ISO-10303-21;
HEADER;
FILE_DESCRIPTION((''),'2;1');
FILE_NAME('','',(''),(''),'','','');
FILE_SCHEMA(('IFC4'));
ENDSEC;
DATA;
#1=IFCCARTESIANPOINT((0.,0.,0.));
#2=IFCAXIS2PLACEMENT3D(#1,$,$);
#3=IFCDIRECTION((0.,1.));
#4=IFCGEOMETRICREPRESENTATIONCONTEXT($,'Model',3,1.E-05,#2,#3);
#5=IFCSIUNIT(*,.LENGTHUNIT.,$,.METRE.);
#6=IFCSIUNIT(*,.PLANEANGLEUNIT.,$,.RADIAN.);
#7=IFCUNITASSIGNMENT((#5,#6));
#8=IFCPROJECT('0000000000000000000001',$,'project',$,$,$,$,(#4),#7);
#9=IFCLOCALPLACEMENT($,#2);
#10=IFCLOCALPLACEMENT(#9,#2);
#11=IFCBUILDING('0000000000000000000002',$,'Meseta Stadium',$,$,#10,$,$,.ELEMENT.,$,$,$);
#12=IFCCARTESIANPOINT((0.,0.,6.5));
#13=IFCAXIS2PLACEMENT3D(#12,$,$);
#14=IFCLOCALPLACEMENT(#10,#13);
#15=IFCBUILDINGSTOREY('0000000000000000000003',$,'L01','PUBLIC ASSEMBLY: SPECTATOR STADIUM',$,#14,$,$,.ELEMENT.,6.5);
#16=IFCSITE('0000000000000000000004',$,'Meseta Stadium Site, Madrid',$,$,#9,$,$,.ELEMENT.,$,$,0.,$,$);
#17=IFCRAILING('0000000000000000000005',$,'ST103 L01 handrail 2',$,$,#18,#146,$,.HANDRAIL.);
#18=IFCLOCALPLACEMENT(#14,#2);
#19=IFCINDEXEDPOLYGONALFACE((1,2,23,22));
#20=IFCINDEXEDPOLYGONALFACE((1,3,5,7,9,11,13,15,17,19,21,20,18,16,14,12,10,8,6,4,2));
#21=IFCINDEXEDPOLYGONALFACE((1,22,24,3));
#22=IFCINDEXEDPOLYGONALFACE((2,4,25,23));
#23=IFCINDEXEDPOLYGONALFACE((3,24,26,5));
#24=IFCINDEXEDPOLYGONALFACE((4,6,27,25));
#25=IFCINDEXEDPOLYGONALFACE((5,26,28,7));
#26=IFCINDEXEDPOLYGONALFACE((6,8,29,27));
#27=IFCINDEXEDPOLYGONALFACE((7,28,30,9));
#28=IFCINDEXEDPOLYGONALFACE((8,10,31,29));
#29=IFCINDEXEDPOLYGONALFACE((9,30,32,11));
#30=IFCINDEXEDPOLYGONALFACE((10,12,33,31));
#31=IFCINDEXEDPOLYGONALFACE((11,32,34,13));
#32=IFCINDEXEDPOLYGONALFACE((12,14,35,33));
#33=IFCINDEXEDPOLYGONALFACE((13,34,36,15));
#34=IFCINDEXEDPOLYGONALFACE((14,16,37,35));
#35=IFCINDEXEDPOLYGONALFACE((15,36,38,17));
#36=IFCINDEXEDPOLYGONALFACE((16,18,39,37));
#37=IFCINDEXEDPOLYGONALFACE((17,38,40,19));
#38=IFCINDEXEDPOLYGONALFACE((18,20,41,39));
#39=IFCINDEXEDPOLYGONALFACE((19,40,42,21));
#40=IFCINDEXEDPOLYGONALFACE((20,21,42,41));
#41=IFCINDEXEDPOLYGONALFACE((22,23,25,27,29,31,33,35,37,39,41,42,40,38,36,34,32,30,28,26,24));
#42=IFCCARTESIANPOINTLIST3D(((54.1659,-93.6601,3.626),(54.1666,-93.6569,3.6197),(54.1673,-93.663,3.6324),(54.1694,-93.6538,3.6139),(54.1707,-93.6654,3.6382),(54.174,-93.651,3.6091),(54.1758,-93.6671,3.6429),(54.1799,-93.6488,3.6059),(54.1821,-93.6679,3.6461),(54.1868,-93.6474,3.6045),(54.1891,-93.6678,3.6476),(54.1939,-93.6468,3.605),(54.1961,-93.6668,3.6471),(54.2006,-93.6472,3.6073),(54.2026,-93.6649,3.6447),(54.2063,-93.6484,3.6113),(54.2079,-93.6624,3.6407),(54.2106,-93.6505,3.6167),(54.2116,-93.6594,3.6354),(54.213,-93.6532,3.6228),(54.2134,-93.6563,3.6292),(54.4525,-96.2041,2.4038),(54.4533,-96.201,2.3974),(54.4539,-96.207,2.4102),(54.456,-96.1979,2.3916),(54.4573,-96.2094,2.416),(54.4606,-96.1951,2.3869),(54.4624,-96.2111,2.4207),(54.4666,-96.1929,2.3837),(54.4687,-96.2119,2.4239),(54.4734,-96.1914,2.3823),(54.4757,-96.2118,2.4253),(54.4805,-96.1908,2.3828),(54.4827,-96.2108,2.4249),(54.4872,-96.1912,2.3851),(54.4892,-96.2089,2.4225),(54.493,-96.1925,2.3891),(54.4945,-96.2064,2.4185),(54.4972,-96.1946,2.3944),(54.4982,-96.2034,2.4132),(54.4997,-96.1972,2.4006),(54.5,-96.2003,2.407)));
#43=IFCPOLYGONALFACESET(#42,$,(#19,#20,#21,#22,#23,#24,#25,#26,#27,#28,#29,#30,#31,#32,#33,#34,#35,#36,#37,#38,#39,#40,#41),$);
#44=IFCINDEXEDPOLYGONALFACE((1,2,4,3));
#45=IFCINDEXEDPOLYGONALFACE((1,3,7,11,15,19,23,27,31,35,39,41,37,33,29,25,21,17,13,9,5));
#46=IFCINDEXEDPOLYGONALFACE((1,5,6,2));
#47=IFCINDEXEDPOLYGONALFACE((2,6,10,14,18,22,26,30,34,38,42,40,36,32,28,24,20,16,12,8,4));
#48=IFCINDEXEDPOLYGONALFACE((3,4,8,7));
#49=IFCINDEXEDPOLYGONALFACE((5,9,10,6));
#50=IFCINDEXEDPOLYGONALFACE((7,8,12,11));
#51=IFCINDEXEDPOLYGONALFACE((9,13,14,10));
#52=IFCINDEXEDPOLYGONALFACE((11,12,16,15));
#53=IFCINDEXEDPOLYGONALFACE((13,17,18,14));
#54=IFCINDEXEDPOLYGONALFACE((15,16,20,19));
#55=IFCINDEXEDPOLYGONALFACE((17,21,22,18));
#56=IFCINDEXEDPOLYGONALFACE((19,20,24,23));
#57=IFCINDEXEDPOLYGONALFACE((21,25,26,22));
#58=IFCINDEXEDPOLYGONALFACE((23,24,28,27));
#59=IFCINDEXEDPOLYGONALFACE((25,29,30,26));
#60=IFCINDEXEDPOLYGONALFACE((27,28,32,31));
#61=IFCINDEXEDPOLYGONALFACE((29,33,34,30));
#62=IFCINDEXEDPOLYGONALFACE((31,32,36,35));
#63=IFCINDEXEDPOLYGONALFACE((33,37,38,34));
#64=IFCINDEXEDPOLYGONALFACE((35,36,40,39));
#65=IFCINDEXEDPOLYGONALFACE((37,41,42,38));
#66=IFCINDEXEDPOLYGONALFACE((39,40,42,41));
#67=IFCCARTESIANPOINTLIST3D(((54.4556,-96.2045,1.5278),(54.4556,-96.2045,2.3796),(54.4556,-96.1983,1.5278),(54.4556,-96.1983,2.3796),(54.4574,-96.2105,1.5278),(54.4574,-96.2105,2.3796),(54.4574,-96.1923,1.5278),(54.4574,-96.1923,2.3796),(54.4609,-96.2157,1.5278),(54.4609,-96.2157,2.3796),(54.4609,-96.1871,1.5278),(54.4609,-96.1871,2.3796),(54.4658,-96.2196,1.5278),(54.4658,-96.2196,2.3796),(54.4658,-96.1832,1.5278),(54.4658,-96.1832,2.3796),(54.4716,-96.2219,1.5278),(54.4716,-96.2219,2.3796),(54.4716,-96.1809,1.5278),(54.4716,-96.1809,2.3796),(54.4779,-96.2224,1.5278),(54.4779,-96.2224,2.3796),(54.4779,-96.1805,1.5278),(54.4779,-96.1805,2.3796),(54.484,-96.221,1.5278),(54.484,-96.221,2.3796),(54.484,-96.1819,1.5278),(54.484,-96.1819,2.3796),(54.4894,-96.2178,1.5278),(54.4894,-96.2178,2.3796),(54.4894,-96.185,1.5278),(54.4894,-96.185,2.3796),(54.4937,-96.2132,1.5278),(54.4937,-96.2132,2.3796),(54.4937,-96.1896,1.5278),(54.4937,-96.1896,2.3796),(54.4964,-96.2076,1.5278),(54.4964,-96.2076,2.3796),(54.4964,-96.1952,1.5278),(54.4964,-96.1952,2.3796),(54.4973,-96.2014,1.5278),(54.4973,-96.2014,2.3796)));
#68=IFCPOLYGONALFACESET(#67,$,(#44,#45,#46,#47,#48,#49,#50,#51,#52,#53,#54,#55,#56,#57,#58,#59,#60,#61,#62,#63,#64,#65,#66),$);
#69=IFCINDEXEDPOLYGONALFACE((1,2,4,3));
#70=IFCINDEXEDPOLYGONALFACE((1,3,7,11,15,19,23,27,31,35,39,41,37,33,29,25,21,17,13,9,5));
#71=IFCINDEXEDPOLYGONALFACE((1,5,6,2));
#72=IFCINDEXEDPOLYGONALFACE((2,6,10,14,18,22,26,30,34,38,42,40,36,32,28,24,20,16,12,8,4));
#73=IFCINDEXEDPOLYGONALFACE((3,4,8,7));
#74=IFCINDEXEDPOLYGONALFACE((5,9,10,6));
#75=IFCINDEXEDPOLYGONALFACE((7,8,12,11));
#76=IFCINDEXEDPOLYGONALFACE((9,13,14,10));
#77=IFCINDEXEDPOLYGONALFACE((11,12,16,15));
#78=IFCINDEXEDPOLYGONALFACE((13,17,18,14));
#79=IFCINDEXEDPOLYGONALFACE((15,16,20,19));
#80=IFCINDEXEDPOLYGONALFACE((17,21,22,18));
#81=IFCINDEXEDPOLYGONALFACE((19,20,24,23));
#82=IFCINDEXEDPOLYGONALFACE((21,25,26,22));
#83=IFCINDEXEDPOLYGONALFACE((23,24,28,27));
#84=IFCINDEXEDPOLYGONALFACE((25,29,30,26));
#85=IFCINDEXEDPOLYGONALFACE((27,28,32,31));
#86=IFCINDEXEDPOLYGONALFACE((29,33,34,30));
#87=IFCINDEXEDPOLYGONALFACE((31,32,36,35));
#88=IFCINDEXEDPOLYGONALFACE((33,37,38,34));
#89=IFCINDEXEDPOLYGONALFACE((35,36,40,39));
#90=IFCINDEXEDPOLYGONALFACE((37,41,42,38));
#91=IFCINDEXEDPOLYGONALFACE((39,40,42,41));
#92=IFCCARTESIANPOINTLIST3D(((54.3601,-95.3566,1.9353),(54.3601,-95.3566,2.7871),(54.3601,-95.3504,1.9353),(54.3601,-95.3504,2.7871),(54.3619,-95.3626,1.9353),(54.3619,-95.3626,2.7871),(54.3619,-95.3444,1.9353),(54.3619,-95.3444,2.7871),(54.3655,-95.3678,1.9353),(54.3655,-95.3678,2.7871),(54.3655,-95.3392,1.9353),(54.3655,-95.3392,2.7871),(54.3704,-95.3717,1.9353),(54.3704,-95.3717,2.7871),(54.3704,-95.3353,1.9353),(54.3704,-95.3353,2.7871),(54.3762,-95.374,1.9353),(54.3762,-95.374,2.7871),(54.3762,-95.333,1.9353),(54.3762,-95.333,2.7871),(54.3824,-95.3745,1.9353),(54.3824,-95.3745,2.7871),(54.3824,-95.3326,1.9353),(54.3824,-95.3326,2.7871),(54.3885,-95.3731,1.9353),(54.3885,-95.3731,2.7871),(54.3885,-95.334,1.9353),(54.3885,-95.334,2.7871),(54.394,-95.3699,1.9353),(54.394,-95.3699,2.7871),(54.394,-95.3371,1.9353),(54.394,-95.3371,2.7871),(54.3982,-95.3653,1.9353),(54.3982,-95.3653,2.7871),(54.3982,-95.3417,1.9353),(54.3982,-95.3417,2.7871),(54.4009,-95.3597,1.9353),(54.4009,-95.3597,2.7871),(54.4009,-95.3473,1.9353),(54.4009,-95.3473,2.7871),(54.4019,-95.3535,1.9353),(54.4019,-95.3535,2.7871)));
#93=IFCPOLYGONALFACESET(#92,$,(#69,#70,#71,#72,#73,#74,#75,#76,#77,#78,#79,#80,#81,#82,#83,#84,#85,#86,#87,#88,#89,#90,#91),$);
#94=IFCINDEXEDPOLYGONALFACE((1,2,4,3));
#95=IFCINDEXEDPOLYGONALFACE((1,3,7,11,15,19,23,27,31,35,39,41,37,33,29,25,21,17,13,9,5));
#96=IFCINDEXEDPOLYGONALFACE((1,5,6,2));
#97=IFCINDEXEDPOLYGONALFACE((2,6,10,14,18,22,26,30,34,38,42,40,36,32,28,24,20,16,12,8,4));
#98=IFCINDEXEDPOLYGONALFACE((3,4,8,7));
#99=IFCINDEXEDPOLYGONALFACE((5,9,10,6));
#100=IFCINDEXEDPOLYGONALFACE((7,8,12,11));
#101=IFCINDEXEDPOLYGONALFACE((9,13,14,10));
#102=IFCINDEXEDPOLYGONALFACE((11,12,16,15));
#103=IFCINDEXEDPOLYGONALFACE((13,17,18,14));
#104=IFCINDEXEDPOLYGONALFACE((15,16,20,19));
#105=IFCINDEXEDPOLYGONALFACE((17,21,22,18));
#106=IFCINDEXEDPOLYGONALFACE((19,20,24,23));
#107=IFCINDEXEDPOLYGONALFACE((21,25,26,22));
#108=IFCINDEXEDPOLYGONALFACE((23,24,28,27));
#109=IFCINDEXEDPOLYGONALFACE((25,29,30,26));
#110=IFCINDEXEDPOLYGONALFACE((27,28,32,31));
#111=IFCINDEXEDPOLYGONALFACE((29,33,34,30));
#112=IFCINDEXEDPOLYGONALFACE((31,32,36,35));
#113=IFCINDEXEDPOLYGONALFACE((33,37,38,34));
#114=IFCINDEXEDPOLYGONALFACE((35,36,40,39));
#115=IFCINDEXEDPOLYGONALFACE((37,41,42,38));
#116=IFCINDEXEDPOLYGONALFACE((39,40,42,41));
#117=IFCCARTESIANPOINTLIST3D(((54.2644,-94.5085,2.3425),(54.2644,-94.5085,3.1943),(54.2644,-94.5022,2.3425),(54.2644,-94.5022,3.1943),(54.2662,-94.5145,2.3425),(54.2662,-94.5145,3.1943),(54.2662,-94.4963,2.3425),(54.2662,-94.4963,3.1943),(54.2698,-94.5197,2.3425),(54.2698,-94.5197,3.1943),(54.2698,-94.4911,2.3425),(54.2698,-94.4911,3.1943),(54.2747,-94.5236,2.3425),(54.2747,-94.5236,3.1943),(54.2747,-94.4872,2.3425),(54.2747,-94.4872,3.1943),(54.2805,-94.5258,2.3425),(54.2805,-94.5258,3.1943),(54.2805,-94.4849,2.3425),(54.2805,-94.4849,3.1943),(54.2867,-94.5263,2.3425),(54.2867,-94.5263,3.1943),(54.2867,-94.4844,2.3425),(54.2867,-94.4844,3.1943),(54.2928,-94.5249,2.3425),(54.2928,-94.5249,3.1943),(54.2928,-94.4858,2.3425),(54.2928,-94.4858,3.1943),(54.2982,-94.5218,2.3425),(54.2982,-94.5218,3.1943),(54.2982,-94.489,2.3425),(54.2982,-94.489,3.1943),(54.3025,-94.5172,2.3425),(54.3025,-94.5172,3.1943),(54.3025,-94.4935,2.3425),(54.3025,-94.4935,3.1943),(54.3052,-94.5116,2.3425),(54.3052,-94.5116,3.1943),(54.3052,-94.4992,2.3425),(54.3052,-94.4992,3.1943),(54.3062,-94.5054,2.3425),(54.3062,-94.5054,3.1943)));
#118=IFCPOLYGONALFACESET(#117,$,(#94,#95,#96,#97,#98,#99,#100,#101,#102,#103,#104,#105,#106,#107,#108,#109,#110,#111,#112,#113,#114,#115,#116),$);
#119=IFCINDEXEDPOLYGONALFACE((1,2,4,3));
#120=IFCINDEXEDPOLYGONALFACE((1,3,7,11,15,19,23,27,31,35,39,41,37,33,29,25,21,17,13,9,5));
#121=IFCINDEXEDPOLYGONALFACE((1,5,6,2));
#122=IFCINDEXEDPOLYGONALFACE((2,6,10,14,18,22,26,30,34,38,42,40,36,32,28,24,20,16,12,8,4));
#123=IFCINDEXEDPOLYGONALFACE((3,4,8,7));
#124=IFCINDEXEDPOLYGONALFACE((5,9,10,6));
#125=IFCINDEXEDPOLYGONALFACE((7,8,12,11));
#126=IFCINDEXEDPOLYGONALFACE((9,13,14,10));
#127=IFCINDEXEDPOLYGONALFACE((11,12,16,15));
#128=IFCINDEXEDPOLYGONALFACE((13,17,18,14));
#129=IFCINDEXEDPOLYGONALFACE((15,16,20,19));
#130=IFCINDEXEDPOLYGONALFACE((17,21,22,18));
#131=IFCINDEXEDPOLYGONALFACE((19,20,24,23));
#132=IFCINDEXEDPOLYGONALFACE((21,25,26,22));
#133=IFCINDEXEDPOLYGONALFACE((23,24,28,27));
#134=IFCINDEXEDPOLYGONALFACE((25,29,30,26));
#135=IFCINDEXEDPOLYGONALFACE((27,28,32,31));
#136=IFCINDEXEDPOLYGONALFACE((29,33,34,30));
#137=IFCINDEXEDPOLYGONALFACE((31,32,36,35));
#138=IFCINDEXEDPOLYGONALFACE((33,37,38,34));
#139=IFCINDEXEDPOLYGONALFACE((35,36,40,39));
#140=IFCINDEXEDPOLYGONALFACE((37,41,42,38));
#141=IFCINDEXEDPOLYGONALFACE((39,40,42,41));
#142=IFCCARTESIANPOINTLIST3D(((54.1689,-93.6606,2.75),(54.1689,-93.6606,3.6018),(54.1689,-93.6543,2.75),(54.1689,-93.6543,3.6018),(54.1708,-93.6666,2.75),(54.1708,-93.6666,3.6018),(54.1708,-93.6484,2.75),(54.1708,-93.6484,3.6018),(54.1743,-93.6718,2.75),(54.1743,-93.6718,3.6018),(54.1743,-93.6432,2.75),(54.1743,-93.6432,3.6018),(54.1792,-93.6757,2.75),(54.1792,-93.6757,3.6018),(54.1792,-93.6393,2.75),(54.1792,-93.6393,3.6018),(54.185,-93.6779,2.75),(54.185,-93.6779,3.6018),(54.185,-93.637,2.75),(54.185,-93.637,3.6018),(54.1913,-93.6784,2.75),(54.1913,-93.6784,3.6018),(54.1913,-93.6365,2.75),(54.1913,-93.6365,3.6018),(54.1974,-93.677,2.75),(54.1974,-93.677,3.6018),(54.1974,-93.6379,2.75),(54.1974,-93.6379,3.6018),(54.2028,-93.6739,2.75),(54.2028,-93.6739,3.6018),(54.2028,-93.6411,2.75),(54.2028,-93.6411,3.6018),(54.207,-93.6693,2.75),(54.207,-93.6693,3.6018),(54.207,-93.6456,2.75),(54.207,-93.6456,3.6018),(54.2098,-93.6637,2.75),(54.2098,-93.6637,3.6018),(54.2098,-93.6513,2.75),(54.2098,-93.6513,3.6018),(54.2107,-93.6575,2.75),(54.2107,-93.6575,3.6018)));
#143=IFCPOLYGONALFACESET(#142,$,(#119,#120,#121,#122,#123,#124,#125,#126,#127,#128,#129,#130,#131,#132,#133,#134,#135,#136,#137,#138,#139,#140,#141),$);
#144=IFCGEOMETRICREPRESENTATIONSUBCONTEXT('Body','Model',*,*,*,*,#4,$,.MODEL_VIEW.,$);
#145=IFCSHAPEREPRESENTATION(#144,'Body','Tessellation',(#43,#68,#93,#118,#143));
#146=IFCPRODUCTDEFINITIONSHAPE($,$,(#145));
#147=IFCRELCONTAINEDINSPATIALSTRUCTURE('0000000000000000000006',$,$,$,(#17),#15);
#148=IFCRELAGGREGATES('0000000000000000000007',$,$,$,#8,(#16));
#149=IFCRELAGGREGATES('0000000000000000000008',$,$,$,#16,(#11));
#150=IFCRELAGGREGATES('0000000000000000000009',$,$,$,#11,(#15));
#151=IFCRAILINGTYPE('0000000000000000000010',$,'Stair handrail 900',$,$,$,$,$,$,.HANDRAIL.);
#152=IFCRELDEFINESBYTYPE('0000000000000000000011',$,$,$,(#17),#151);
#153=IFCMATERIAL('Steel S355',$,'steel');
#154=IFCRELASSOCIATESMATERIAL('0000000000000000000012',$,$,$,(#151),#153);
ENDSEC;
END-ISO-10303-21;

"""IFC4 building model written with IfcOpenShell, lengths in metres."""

from ifc_helpers import new_model, si_unit, direction, frame, origin, origin_2d, place, context, subcontext, project, spatial, circle, extrude, material, type_object, element, save


model = new_model("IFC4")

# Units and contexts
model_context = context("Model", 3, precision=1e-05, world=origin(), true_north=direction((0.0, 1.0)))
body_context = subcontext(model_context, "Body", "Model", "MODEL_VIEW")
ifc_project = project(units=[si_unit("LENGTHUNIT", "METRE"), si_unit("PLANEANGLEUNIT", "RADIAN")], contexts=[model_context])

# Site, building, storey
site_placement = place(None, origin())
site = spatial("IfcSite", under=ifc_project, at=site_placement, Name="Meseta Stadium Site, Madrid", CompositionType="ELEMENT", RefElevation=0.0)
building_placement = place(site_placement, origin())
building = spatial("IfcBuilding", under=site, at=building_placement, Name="Meseta Stadium", CompositionType="ELEMENT")
storey_placement = place(building_placement, frame((0.0, 0.0, 6.5)))
storey = spatial("IfcBuildingStorey", under=building, at=storey_placement, Name="L01", Description="PUBLIC ASSEMBLY: SPECTATOR STADIUM", CompositionType="ELEMENT", Elevation=6.5)

# Railing
ifc_material_1 = material(Name="Steel S355", Category="steel")
railing_type_1 = type_object("IfcRailingType", Name="Stair handrail 900", PredefinedType="HANDRAIL", material=ifc_material_1)
railing_1_placement = place(storey_placement, frame((54.4763, -96.2014, 1.5278)))
element("IfcRailing", 1, at=railing_1_placement, inside=storey, type_object=railing_type_1, Name="ST103 L01 handrail 2", PredefinedType="HANDRAIL", context=body_context, shape_type="SweptSolid", body=[
    extrude(circle(Radius=0.0239, at=origin_2d()), frame((0.0, 0.0, 0.876), z_axis=(-0.101036, 0.896762, 0.430824), x_axis=(-0.993713, -0.11196, 0.0)), (0.0, 0.0, 1.0), 2.8369),
    extrude(circle(Radius=0.021, at=origin_2d()), origin(), (0.0, 0.0, 1.0), 0.8518),
    extrude(circle(Radius=0.021, at=origin_2d()), frame((-0.0955, 0.8479, 0.4075)), (0.0, 0.0, 1.0), 0.8518),
    extrude(circle(Radius=0.021, at=origin_2d()), frame((-0.1912, 1.696, 0.8147)), (0.0, 0.0, 1.0), 0.8518),
    extrude(circle(Radius=0.021, at=origin_2d()), frame((-0.2866, 2.5439, 1.2222)), (0.0, 0.0, 1.0), 0.8518),
])

save(model, "model.ifc")
